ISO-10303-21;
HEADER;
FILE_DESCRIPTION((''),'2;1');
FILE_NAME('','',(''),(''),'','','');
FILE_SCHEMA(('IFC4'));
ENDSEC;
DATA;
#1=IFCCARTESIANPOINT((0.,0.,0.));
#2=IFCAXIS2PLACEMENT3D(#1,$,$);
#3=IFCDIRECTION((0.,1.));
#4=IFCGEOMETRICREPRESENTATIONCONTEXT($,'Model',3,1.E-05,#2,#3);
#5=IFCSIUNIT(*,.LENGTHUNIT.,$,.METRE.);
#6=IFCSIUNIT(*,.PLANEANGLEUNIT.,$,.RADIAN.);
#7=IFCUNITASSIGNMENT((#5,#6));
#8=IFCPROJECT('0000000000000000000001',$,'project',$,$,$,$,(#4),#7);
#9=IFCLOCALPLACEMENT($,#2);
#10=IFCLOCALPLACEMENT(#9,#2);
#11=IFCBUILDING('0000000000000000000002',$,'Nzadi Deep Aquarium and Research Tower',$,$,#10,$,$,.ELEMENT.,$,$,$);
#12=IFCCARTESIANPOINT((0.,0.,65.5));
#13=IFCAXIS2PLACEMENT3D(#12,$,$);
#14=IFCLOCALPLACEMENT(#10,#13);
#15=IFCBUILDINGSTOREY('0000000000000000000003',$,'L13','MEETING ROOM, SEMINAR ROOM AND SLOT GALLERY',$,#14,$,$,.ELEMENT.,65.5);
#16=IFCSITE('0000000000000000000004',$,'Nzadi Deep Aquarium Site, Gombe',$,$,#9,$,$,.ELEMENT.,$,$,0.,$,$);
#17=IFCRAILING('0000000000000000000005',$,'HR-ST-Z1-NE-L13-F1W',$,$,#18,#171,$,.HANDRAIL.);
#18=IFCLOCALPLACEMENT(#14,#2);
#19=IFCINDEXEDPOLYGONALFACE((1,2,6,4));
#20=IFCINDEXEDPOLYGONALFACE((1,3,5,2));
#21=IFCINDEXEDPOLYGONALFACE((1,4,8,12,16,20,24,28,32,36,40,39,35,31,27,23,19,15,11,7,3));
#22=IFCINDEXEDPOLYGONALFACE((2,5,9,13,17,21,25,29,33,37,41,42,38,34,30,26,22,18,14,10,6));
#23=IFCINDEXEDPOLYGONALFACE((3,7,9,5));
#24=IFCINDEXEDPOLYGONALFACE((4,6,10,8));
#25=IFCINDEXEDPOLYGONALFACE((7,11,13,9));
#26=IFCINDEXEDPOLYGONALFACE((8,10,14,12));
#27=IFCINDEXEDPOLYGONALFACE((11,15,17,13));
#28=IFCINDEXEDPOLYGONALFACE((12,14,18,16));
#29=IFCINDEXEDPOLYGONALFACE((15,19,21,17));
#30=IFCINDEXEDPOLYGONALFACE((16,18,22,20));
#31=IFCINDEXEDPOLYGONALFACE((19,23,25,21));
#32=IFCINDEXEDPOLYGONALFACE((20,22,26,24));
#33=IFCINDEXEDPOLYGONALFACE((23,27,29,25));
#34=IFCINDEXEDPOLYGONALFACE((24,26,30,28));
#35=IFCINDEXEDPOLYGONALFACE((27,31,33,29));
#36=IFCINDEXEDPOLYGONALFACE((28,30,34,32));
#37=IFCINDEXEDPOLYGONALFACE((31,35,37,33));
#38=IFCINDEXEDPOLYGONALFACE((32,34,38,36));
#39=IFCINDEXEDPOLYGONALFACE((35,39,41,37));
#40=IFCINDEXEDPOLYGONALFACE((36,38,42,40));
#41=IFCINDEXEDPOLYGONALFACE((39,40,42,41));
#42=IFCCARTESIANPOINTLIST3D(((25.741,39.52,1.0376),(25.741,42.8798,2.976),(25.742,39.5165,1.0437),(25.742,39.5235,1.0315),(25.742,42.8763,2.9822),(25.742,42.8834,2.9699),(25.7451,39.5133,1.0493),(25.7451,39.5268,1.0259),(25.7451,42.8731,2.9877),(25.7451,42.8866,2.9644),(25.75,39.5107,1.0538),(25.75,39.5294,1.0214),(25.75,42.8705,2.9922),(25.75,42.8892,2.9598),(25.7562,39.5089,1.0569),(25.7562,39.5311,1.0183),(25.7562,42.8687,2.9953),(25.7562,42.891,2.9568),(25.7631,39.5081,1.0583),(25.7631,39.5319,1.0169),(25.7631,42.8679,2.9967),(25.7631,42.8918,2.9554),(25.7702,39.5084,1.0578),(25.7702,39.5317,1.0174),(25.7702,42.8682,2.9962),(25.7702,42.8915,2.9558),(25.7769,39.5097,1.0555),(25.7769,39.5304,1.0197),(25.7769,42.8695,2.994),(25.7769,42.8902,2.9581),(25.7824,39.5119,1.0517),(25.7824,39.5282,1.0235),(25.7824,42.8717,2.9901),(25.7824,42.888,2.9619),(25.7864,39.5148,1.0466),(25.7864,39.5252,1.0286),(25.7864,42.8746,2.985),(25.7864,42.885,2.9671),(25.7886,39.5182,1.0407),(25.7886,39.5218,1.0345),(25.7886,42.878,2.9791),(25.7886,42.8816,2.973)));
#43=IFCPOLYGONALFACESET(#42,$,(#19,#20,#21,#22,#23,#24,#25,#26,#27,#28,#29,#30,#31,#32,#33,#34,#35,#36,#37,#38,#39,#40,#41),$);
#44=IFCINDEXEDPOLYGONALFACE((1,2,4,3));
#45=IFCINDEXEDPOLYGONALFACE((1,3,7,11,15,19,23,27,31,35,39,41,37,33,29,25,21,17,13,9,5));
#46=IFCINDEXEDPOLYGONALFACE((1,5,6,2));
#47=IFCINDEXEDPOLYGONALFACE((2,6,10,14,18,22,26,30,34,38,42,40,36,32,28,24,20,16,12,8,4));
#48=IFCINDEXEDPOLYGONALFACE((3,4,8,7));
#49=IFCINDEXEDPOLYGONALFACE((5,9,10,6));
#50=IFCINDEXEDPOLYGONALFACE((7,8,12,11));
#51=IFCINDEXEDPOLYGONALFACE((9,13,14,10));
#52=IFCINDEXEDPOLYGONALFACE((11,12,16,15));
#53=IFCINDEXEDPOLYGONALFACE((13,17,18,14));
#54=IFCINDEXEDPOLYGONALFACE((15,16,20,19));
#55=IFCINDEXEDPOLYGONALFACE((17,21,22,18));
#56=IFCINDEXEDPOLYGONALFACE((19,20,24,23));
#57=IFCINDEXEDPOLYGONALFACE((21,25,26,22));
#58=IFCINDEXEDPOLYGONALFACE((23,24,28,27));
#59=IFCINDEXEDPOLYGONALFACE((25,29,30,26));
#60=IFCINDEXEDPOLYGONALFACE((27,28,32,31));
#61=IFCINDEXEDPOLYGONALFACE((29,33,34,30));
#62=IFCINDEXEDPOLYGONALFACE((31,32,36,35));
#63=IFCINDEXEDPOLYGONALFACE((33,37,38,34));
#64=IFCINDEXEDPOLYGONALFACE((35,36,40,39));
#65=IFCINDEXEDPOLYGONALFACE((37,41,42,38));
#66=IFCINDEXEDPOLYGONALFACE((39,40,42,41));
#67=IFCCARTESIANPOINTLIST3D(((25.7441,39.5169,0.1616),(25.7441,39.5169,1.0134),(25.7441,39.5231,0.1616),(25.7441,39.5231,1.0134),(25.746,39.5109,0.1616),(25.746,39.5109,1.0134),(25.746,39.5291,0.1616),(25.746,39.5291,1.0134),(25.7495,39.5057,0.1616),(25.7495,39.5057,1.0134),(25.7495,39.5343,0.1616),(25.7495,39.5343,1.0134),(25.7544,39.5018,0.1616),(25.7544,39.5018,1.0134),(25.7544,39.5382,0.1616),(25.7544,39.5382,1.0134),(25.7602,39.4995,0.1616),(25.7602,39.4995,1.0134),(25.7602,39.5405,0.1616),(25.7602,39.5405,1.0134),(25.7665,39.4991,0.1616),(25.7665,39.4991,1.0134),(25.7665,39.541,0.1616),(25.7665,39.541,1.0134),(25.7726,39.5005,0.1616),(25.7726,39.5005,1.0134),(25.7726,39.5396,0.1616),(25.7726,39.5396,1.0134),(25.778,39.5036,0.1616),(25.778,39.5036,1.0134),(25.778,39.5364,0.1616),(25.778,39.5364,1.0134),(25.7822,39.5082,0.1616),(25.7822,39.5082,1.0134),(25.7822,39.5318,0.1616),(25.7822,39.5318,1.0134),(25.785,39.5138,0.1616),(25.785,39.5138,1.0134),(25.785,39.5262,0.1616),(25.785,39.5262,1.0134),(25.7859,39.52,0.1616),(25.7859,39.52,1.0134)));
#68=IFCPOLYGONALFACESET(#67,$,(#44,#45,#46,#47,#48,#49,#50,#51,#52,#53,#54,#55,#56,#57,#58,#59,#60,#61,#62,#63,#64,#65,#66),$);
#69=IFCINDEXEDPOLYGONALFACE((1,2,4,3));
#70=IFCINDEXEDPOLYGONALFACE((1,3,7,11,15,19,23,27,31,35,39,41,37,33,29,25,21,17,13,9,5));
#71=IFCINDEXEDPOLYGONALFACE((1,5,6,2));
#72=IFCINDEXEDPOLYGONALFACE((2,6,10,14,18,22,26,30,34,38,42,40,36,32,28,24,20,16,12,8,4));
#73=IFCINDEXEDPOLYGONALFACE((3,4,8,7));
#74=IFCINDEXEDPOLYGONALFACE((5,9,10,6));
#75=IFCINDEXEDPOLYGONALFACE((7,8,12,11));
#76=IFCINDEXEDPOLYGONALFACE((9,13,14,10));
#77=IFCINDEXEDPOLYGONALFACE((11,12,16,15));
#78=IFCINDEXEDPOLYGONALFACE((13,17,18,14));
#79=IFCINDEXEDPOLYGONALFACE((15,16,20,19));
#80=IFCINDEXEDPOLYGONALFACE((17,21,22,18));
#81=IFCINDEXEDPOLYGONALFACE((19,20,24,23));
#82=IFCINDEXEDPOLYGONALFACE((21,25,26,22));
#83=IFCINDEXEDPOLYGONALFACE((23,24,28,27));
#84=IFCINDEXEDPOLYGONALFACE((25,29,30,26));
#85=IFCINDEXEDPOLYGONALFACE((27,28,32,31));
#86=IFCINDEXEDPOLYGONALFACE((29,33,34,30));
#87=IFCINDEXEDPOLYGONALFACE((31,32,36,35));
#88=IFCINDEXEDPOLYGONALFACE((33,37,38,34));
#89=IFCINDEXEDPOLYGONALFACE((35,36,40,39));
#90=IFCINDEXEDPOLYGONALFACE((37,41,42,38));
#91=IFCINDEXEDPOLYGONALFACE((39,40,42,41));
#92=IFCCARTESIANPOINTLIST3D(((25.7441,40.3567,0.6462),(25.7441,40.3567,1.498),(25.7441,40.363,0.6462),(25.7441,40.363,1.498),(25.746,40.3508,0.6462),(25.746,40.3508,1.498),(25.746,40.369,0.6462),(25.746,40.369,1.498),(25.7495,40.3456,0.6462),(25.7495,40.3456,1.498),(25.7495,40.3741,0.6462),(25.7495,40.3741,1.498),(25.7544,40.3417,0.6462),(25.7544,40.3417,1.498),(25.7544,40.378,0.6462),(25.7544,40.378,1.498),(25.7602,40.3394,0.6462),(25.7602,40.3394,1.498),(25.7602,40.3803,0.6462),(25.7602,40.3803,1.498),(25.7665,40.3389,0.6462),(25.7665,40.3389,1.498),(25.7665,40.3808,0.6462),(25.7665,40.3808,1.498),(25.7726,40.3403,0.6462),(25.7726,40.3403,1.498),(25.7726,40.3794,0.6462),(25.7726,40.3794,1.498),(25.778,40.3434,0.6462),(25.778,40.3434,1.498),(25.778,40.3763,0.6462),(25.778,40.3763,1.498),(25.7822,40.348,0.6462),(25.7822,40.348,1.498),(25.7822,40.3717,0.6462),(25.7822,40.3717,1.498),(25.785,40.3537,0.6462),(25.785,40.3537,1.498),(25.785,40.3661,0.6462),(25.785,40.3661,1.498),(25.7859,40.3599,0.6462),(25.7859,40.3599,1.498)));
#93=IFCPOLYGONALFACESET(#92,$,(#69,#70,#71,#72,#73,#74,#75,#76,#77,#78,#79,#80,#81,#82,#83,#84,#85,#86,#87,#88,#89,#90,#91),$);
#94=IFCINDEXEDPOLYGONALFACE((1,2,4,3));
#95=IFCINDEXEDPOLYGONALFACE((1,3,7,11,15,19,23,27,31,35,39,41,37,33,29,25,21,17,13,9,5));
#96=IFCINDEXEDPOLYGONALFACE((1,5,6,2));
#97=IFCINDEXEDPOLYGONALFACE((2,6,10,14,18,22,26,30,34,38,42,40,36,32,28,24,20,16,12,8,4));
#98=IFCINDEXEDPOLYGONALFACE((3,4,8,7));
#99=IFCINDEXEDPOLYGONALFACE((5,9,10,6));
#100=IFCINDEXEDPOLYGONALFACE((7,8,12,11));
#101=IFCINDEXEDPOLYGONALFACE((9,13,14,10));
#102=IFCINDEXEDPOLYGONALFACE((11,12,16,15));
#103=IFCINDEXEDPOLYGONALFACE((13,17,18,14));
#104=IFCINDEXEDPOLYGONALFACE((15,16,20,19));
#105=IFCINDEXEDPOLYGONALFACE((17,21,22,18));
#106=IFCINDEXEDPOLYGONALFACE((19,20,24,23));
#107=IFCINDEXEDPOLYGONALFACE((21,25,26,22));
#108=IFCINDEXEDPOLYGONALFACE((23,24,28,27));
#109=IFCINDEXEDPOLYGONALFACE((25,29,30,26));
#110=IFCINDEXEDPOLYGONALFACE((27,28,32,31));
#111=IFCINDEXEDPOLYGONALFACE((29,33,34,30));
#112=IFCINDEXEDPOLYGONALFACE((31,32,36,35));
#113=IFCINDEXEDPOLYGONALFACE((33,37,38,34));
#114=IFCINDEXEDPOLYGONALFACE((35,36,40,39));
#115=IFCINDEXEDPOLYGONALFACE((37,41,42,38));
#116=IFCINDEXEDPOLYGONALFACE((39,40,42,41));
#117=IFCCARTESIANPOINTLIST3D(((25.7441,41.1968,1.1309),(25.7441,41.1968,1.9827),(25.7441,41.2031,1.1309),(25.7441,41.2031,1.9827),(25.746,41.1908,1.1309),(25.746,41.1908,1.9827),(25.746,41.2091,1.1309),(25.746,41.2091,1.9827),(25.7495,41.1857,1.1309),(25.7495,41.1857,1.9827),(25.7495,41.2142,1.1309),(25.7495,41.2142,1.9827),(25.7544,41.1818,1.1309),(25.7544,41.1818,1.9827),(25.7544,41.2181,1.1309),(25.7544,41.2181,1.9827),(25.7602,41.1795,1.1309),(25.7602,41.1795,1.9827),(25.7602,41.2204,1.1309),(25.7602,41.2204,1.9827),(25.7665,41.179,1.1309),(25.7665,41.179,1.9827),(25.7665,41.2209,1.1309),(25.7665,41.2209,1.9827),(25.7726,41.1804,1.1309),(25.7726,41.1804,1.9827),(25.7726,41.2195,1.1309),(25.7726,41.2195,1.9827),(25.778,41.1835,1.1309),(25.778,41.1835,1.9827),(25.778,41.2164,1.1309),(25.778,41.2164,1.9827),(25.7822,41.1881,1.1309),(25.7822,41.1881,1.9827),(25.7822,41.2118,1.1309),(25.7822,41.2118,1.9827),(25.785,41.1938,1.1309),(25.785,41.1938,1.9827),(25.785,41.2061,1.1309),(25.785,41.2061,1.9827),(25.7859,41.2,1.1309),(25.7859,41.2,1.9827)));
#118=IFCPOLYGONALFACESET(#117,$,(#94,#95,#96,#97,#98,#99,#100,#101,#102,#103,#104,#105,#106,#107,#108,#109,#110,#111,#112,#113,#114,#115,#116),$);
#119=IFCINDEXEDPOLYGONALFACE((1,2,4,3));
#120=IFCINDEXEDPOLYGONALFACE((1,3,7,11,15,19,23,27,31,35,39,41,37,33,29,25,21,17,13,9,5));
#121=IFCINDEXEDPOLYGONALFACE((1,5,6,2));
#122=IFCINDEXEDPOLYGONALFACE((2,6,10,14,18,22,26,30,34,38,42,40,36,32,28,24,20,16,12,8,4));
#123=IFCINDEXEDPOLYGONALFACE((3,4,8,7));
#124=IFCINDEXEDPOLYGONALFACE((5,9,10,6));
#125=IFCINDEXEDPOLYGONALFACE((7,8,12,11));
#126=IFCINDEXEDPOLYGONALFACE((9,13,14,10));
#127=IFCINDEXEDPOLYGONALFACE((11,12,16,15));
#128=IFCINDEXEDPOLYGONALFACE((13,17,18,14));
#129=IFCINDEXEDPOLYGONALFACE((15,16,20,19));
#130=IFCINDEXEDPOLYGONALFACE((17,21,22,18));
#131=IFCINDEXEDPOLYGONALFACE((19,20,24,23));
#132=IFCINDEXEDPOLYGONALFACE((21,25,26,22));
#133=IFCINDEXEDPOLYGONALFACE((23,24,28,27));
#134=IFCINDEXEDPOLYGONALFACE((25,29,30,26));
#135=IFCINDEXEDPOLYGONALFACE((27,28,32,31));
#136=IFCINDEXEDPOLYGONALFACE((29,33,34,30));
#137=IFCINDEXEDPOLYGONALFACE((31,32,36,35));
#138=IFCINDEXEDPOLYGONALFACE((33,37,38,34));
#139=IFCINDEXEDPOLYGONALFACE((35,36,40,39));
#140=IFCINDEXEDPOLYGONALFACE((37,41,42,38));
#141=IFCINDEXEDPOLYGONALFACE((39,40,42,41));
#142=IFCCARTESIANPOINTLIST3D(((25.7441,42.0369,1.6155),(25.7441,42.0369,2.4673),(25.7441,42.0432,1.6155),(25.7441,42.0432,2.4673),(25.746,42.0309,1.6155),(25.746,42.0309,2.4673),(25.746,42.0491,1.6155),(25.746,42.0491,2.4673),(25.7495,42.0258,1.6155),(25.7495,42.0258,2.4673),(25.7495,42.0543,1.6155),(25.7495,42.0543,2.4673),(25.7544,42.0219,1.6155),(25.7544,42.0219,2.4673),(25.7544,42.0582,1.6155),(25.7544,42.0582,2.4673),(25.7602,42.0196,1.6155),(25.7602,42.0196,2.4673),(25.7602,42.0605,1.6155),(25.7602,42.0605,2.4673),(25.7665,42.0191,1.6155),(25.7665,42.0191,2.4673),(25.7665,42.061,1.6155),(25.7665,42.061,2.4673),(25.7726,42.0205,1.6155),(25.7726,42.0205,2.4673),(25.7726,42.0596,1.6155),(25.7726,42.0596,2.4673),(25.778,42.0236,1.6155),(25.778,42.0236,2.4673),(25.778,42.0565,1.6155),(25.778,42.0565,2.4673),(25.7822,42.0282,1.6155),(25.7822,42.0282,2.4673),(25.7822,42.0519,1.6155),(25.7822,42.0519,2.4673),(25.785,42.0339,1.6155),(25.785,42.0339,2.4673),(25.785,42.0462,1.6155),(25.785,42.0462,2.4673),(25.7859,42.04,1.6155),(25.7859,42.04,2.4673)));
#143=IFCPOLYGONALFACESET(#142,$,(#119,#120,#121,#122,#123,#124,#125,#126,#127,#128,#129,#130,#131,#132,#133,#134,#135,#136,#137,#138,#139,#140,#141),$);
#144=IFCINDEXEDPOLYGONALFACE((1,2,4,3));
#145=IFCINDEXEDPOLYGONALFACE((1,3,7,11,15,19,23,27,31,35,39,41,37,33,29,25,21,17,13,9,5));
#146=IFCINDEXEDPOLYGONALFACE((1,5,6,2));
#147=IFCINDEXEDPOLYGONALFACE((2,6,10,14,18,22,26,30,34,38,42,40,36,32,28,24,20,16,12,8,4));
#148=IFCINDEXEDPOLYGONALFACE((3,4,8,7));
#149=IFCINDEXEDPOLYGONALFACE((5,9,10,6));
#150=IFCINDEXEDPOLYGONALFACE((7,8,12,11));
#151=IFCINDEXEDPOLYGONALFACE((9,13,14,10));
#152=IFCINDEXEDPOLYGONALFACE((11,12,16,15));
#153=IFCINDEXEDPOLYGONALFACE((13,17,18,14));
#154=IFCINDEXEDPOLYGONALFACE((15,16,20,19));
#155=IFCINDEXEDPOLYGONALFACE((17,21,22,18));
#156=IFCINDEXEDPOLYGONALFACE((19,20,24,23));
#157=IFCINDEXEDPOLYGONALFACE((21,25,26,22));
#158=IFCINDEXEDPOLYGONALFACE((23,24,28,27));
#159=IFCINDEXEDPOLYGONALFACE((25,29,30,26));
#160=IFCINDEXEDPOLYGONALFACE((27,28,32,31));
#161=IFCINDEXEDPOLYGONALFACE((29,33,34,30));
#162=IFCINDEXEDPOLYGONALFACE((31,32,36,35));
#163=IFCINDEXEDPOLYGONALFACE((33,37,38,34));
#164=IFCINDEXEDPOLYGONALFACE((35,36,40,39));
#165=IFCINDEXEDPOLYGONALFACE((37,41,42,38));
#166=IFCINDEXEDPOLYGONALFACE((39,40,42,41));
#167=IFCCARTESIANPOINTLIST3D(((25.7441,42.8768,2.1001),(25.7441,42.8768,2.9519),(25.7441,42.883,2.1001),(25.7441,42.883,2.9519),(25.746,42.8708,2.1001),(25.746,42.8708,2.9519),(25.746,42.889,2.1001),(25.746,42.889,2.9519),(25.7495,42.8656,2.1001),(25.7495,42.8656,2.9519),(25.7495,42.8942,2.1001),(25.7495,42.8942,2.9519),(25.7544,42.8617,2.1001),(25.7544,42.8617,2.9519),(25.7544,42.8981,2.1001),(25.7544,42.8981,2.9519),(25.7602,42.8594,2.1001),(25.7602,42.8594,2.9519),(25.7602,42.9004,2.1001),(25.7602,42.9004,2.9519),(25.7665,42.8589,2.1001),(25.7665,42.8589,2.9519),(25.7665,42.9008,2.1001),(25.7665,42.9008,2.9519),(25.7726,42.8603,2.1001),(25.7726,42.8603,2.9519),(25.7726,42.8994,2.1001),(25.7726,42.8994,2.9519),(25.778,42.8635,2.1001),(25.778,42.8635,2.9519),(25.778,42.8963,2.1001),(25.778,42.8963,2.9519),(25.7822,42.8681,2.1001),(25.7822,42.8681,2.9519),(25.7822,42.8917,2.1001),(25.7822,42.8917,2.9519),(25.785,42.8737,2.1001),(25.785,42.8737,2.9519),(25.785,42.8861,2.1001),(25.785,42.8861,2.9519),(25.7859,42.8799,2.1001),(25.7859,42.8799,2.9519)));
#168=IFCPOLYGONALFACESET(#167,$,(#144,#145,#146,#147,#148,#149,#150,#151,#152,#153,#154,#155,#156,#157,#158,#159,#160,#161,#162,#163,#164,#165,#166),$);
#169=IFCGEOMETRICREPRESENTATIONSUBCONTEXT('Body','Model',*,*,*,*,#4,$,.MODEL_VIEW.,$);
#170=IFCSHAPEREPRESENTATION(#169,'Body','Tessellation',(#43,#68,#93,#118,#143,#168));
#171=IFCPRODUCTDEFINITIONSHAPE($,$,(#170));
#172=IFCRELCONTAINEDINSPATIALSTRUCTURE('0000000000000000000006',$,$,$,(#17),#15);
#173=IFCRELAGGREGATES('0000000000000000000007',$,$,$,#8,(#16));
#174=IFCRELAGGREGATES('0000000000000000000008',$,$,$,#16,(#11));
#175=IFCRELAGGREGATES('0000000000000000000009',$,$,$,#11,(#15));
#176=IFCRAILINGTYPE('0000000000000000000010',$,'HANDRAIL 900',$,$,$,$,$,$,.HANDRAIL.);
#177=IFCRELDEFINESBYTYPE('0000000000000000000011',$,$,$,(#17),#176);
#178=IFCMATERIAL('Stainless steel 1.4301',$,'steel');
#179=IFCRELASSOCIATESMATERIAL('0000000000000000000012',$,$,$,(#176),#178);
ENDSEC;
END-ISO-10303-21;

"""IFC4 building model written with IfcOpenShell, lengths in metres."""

from ifc_helpers import new_model, si_unit, direction, frame, origin, origin_2d, place, context, subcontext, project, spatial, circle, extrude, material, type_object, element, save


model = new_model("IFC4")

# Units and contexts
model_context = context("Model", 3, precision=1e-05, world=origin(), true_north=direction((0.0, 1.0)))
body_context = subcontext(model_context, "Body", "Model", "MODEL_VIEW")
ifc_project = project(units=[si_unit("LENGTHUNIT", "METRE"), si_unit("PLANEANGLEUNIT", "RADIAN")], contexts=[model_context])

# Site, building, storey
site_placement = place(None, origin())
site = spatial("IfcSite", under=ifc_project, at=site_placement, Name="Nzadi Deep Aquarium Site, Gombe", CompositionType="ELEMENT", RefElevation=0.0)
building_placement = place(site_placement, origin())
building = spatial("IfcBuilding", under=site, at=building_placement, Name="Nzadi Deep Aquarium and Research Tower", CompositionType="ELEMENT")
storey_placement = place(building_placement, frame((0.0, 0.0, 65.5)))
storey = spatial("IfcBuildingStorey", under=building, at=storey_placement, Name="L13", Description="MEETING ROOM, SEMINAR ROOM AND SLOT GALLERY", CompositionType="ELEMENT", Elevation=65.5)

# Railing
ifc_material_1 = material(Name="Stainless steel 1.4301", Category="steel")
railing_type = type_object("IfcRailingType", Name="HANDRAIL 900", PredefinedType="HANDRAIL", material=ifc_material_1)
for number, where, name in (
    (1, (25.7649, 39.52, 0.1616), "HR-ST-Z1-NE-L13-F1W"),
):
    element("IfcRailing", number, at=place(storey_placement, frame(where)), inside=storey, type_object=railing_type, Name=name, PredefinedType="HANDRAIL", context=body_context, shape_type="SweptSolid", body=[
        extrude(circle(Radius=0.0239, at=origin_2d()), frame((0.0, 0.0, 0.876), z_axis=(0.0, 0.866175, 0.499741), x_axis=(-1.0, 0.0, 0.0)), (0.0, 0.0, 1.0), 3.8789),
        extrude(circle(Radius=0.021, at=origin_2d()), origin(), (0.0, 0.0, 1.0), 0.8518),
        extrude(circle(Radius=0.021, at=origin_2d()), frame((0.0, 0.8398, 0.4846)), (0.0, 0.0, 1.0), 0.8518),
        extrude(circle(Radius=0.021, at=origin_2d()), frame((0.0, 1.6799, 0.9692)), (0.0, 0.0, 1.0), 0.8518),
        extrude(circle(Radius=0.021, at=origin_2d()), frame((0.0, 2.52, 1.4539)), (0.0, 0.0, 1.0), 0.8518),
        extrude(circle(Radius=0.021, at=origin_2d()), frame((0.0, 3.3599, 1.9385)), (0.0, 0.0, 1.0), 0.8518),
    ])

save(model, "model.ifc")
